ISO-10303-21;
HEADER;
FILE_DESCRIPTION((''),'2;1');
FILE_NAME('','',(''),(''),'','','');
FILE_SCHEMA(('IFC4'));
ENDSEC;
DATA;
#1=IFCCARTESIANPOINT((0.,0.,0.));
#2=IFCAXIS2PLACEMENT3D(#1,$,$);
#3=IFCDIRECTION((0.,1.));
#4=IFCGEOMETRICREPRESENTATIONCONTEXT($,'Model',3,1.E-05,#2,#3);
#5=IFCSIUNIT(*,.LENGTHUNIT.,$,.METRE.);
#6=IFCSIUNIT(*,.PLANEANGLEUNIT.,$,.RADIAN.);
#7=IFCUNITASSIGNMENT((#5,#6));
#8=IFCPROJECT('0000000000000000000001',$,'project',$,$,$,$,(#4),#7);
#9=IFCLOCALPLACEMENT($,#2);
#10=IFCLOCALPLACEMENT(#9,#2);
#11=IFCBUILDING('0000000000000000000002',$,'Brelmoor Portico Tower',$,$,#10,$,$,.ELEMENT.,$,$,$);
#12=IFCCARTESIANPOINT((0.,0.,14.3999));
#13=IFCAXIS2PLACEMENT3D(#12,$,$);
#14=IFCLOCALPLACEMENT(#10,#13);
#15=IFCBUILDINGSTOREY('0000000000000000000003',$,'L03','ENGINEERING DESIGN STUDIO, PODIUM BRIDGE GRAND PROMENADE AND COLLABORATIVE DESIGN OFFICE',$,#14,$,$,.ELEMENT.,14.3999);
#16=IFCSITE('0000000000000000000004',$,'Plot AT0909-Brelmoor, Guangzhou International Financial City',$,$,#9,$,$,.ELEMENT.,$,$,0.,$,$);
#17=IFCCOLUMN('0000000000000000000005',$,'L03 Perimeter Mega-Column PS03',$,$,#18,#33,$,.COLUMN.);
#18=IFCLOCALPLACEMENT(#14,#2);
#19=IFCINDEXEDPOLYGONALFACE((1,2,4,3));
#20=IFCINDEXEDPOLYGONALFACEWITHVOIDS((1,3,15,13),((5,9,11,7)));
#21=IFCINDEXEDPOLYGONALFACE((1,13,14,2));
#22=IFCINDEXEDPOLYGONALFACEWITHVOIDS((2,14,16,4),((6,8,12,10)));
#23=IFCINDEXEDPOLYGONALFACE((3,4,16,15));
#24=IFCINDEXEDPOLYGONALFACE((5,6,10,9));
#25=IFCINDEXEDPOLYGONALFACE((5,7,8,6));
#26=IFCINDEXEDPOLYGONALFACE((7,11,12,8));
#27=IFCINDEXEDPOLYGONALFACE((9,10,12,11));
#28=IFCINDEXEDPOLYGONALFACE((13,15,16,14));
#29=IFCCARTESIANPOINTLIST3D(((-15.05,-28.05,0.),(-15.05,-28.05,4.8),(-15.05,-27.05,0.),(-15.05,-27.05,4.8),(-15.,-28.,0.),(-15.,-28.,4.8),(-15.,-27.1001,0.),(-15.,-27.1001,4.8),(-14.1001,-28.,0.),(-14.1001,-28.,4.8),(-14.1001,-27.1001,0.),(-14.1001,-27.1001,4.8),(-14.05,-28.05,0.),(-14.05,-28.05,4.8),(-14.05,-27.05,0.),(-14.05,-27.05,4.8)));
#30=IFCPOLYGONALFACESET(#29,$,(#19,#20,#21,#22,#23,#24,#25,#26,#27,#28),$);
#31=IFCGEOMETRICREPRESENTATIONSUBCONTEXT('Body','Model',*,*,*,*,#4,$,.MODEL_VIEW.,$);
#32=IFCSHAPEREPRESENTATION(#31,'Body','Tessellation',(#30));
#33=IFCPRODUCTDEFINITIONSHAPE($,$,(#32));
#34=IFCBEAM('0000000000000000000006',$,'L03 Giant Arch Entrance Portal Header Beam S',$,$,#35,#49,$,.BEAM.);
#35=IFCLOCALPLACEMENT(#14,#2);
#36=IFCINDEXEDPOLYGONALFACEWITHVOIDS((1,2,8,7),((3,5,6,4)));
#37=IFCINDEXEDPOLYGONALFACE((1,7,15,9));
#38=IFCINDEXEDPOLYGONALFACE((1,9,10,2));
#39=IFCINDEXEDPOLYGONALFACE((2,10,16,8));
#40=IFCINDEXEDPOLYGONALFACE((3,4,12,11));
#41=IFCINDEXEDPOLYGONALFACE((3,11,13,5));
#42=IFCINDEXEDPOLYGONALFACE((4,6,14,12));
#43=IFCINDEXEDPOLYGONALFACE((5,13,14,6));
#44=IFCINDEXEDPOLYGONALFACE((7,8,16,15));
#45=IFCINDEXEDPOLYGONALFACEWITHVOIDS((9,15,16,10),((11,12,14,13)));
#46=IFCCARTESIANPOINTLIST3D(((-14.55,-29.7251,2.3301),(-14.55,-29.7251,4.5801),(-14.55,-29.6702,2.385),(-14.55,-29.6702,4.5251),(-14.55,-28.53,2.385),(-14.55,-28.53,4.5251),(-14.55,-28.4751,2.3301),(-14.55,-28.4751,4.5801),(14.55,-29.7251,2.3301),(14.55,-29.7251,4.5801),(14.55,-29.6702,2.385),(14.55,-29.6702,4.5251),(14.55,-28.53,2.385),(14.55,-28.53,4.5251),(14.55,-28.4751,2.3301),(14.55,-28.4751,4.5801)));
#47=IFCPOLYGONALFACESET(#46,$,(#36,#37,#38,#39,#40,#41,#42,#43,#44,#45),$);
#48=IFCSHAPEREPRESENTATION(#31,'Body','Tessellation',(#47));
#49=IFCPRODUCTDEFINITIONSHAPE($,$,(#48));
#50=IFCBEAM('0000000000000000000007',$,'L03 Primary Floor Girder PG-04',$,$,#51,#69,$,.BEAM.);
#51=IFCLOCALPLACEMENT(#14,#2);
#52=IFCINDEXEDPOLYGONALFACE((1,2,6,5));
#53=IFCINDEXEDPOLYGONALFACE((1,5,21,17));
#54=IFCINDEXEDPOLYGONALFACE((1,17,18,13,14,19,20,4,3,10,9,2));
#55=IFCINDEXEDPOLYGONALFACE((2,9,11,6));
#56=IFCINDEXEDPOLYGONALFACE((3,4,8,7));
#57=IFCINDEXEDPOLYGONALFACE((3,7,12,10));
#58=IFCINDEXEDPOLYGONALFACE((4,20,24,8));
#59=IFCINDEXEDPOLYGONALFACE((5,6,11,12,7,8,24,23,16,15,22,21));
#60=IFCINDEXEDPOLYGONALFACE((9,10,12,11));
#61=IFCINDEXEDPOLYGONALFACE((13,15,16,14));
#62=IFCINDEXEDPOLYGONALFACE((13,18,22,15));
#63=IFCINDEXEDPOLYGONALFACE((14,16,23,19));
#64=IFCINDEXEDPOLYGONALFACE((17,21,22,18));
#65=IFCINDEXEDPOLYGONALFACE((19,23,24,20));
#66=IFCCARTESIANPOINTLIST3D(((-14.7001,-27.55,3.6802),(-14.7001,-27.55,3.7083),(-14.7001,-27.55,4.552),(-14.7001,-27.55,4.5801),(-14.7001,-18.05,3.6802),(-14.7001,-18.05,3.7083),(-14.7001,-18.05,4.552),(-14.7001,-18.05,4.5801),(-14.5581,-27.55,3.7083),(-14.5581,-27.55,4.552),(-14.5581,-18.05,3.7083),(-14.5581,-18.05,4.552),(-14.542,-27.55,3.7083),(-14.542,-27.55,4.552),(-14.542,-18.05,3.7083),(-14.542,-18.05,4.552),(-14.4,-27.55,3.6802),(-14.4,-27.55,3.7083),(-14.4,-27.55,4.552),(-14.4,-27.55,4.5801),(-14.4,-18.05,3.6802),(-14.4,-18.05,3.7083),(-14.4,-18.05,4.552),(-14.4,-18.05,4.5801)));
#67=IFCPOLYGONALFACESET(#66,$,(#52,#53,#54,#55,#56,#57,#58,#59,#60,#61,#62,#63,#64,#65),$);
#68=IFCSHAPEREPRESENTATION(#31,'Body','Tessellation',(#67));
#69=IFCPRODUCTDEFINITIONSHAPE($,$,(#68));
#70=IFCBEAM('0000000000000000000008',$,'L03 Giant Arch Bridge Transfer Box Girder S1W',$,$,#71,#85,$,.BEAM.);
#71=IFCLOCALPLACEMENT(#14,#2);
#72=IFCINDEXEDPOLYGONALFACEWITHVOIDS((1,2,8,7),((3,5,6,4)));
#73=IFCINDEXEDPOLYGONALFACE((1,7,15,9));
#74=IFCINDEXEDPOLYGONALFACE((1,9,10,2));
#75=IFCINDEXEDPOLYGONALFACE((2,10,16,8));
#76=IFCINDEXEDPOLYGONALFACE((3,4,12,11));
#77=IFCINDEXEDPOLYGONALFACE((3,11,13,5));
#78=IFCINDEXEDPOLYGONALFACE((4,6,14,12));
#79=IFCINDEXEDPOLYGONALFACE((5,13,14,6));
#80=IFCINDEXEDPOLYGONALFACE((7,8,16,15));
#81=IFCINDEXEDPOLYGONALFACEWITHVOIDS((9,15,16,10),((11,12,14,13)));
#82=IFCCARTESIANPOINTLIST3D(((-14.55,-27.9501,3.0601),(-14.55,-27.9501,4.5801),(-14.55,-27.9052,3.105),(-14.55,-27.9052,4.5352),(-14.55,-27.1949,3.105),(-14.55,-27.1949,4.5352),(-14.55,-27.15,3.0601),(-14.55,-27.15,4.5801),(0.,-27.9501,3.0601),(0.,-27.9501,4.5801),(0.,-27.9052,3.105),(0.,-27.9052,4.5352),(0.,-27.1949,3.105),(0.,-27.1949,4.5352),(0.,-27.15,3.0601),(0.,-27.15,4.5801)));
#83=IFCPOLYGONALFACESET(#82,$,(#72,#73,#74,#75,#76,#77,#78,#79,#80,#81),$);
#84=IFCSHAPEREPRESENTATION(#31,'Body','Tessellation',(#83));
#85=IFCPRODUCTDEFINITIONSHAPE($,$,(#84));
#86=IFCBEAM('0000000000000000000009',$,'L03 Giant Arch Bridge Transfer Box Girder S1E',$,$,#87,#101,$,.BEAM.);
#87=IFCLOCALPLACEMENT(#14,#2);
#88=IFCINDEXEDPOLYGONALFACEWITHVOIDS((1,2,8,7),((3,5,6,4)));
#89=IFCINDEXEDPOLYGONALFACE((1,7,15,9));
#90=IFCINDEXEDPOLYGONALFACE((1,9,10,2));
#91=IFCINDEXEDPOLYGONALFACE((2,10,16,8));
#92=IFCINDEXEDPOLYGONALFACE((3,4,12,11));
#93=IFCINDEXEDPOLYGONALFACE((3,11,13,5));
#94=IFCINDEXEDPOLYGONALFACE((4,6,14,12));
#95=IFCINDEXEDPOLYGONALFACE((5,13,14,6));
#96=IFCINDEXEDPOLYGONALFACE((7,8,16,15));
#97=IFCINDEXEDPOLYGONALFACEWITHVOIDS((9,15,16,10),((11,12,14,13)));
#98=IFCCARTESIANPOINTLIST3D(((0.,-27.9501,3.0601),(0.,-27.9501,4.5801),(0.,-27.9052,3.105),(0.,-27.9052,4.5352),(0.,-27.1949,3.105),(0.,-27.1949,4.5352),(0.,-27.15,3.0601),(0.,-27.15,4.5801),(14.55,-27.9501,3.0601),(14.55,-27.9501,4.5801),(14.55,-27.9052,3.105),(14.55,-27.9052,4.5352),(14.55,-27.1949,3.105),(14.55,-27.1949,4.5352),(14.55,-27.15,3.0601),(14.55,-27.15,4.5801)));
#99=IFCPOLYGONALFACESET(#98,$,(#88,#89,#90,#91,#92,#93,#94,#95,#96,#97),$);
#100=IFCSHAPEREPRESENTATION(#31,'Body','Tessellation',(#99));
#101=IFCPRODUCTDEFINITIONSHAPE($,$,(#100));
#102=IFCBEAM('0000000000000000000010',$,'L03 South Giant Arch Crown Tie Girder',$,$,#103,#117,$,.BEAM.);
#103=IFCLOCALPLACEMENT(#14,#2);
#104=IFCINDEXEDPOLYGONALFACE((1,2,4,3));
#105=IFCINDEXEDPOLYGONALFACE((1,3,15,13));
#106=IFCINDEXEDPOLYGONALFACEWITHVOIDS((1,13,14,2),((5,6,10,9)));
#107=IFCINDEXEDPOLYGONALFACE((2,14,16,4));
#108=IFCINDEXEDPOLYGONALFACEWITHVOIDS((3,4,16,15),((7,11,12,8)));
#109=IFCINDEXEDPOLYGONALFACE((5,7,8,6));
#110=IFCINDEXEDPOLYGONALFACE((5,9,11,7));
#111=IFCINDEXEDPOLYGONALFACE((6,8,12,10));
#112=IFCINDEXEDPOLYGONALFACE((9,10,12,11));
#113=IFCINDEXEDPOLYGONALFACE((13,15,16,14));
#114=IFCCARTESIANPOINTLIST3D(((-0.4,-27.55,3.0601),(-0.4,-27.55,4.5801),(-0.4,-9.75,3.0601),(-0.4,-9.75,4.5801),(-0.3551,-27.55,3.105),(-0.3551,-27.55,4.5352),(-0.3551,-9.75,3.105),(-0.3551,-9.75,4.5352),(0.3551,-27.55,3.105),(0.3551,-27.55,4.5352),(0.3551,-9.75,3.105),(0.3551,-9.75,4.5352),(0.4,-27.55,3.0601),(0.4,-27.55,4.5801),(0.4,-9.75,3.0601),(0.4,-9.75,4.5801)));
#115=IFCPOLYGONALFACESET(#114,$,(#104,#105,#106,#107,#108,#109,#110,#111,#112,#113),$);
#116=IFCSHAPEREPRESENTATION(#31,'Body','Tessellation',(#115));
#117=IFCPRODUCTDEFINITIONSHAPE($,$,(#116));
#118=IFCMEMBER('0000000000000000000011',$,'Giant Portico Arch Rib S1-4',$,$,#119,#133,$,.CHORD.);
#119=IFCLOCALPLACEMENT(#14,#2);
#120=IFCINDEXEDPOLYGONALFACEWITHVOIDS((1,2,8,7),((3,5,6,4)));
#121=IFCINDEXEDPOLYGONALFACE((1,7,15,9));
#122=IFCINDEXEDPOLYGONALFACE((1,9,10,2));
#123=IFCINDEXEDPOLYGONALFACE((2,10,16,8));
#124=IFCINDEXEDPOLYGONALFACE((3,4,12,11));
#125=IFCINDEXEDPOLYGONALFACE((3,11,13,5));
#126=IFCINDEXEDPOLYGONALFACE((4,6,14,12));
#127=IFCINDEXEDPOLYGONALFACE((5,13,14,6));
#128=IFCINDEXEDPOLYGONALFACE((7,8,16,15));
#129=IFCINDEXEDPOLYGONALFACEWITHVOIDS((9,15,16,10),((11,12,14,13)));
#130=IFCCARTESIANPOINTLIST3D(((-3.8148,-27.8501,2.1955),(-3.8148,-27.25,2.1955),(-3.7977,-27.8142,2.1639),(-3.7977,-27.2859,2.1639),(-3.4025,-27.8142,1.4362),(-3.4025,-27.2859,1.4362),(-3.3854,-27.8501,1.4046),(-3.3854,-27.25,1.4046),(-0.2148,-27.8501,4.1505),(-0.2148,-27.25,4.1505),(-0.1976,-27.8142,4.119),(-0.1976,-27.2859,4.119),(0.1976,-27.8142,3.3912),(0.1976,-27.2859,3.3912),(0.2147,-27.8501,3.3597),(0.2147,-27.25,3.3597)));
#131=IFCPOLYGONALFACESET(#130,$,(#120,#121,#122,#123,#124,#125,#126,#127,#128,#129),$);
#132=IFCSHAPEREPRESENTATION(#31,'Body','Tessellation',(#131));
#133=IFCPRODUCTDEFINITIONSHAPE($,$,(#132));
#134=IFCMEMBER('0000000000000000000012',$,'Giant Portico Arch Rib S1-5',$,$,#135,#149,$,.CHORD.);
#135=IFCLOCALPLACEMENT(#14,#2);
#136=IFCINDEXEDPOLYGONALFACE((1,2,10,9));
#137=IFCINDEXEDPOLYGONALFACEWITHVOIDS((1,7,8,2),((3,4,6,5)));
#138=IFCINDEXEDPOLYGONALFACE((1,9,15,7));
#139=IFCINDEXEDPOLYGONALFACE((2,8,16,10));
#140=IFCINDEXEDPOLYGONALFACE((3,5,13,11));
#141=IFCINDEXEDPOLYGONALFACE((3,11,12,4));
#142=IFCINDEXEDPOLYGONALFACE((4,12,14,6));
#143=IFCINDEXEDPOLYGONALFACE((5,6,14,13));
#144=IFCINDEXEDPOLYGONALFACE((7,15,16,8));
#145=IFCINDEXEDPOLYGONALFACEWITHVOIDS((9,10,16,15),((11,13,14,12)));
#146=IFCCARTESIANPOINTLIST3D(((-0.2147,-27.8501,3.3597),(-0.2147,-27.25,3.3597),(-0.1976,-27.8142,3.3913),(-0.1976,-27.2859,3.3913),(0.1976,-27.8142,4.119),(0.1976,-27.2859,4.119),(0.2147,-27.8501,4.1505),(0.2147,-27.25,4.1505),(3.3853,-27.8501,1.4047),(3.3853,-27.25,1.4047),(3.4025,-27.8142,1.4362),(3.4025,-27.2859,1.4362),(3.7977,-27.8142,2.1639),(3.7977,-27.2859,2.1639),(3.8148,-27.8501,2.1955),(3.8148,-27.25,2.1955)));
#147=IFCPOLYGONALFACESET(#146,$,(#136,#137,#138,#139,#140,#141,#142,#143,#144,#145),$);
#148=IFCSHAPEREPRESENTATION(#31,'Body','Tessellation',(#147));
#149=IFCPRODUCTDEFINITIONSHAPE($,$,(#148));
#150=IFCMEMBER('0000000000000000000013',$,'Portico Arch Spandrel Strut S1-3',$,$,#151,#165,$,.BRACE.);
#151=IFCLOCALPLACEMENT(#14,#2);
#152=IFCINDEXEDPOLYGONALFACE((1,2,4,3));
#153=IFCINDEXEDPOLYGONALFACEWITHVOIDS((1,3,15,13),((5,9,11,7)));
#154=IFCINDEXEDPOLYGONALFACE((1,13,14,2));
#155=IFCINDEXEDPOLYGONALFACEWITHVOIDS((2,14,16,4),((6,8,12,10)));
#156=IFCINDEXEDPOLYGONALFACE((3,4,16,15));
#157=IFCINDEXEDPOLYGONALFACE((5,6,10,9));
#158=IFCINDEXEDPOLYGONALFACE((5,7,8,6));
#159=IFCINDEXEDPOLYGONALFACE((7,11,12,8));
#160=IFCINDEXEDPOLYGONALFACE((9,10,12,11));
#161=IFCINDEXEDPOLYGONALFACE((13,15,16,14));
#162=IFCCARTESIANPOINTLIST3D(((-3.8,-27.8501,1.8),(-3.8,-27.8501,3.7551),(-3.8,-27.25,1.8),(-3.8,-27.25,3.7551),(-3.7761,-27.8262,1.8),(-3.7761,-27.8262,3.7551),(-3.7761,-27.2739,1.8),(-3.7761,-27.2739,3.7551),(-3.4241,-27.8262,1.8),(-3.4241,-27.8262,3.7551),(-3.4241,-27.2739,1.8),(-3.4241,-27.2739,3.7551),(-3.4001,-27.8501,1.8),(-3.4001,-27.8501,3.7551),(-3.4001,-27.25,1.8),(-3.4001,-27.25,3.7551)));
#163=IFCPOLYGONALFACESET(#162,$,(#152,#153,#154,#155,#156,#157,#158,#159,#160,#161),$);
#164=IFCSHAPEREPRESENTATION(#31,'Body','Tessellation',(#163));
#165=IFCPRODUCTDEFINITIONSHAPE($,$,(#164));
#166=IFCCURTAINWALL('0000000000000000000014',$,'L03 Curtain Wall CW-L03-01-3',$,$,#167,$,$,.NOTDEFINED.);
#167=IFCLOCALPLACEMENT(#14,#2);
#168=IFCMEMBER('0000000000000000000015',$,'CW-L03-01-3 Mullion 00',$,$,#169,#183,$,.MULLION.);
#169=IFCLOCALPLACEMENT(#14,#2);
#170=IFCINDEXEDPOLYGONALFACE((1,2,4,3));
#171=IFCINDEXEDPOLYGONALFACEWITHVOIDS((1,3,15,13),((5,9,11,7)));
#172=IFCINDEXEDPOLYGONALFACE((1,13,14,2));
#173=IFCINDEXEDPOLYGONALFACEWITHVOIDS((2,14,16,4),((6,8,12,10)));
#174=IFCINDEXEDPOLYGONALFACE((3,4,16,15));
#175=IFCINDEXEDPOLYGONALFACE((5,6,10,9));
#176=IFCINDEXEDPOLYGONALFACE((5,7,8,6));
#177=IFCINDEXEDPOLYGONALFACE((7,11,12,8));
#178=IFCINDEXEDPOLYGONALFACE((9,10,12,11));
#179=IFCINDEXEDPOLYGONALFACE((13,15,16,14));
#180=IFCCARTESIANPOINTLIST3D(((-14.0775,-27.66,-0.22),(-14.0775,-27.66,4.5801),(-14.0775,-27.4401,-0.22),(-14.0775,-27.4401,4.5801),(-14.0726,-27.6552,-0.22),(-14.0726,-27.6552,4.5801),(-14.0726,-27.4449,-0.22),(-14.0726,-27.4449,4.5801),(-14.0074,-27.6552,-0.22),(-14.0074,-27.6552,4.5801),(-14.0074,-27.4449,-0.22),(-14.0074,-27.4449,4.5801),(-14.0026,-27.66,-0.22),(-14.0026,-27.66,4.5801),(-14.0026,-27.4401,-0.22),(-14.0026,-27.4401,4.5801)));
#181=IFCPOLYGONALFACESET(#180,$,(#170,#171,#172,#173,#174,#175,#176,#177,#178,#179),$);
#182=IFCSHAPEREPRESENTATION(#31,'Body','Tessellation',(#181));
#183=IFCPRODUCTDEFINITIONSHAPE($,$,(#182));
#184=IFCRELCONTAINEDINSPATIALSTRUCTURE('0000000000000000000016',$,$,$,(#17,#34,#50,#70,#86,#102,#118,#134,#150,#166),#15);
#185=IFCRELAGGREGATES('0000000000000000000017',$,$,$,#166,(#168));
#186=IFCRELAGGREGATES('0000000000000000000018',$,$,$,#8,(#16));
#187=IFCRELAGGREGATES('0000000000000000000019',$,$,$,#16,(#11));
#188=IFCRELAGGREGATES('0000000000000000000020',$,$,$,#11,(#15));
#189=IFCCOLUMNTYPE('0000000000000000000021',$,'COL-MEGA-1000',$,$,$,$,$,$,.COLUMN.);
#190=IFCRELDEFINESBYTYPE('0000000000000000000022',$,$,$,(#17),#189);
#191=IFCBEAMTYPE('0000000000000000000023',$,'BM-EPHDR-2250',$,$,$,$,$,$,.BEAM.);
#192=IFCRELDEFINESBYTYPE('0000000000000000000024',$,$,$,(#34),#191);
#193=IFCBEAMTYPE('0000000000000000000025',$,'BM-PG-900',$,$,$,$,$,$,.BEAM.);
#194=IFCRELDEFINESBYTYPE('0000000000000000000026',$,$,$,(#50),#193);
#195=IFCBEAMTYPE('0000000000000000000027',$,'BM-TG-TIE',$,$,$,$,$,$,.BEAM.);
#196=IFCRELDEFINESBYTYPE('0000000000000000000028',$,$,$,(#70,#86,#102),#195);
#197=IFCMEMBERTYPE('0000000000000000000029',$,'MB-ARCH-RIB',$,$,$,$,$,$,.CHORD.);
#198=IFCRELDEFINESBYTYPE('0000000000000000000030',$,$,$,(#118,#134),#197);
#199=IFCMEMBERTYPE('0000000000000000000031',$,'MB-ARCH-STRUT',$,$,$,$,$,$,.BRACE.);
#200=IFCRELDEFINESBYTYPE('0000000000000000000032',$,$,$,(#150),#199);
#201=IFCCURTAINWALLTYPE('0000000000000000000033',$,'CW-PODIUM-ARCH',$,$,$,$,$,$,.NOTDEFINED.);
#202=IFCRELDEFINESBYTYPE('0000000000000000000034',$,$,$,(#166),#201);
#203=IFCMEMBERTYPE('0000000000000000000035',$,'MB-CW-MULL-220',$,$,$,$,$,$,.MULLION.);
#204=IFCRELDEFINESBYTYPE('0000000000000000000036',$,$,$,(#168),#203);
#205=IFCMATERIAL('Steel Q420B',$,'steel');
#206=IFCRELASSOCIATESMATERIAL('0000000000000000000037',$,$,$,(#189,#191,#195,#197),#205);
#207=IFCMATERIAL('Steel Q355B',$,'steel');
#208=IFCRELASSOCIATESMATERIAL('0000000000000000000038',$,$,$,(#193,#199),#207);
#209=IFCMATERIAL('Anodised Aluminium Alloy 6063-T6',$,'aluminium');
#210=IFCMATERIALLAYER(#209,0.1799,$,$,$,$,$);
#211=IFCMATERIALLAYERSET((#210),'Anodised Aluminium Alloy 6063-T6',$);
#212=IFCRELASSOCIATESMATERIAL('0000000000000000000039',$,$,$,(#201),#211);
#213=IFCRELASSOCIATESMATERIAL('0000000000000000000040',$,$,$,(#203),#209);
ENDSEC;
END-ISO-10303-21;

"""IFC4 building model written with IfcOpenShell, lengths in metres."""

from ifc_helpers import new_model, si_unit, direction, frame, origin, origin_2d, place, context, subcontext, project, spatial, hollow_rectangle, i_section, extrude, material, layer, layer_set, material_profile, profile_set, type_object, element, aggregate, save


model = new_model("IFC4")

# Units and contexts
model_context = context("Model", 3, precision=1e-05, world=origin(), true_north=direction((0.0, 1.0)))
body_context = subcontext(model_context, "Body", "Model", "MODEL_VIEW")
ifc_project = project(units=[si_unit("LENGTHUNIT", "METRE"), si_unit("PLANEANGLEUNIT", "RADIAN")], contexts=[model_context])

# Site, building, storey
site_placement = place(None, origin())
site = spatial("IfcSite", under=ifc_project, at=site_placement, Name="Plot AT0909-Brelmoor, Guangzhou International Financial City", CompositionType="ELEMENT", RefElevation=0.0)
building_placement = place(site_placement, origin())
building = spatial("IfcBuilding", under=site, at=building_placement, Name="Brelmoor Portico Tower", CompositionType="ELEMENT")
storey_placement = place(building_placement, frame((0.0, 0.0, 14.3999)))
storey = spatial("IfcBuildingStorey", under=building, at=storey_placement, Name="L03", Description="ENGINEERING DESIGN STUDIO, PODIUM BRIDGE GRAND PROMENADE AND COLLABORATIVE DESIGN OFFICE", CompositionType="ELEMENT", Elevation=14.3999)

# Column
ifc_material_1 = material(Name="Steel Q420B", Category="steel")
ifc_material_profile_1 = material_profile(ifc_material_1, hollow_rectangle(XDim=1.0, YDim=1.0, WallThickness=0.05, at=origin_2d()), Name="BOX 1000x1000x50")
ifc_profile_set_1 = profile_set([ifc_material_profile_1], Name="Steel Q420B")
column_type = type_object("IfcColumnType", Name="COL-MEGA-1000", PredefinedType="COLUMN", material=ifc_profile_set_1)
column_placement = place(storey_placement, frame((-14.55, -27.55, 0.0), z_axis=(0.0, 0.0, 1.0), x_axis=(1.0, 0.0, 0.0)))
element("IfcColumn", 1, at=column_placement, inside=storey, type_object=column_type, Name="L03 Perimeter Mega-Column PS03", PredefinedType="COLUMN", context=body_context, shape_type="SweptSolid", body=[
    extrude(hollow_rectangle(XDim=1.0, YDim=1.0, WallThickness=0.05, at=origin_2d()), origin(), (0.0, 0.0, 1.0), 4.8),
])

# Beams
ifc_material_profile_2 = material_profile(ifc_material_1, hollow_rectangle(XDim=1.25, YDim=2.25, WallThickness=0.0549, at=origin_2d()), Name="BOX 1250x2250x55")
ifc_profile_set_2 = profile_set([ifc_material_profile_2], Name="Steel Q420B")
beam_type_1 = type_object("IfcBeamType", Name="BM-EPHDR-2250", PredefinedType="BEAM", material=ifc_profile_set_2)
beam_1_placement = place(storey_placement, frame((-14.55, -29.1001, 3.4551), z_axis=(1.0, 0.0, 0.0), x_axis=(0.0, 1.0, 0.0)))
element("IfcBeam", 2, at=beam_1_placement, inside=storey, type_object=beam_type_1, Name="L03 Giant Arch Entrance Portal Header Beam S", PredefinedType="BEAM", context=body_context, shape_type="SweptSolid", body=[
    extrude(hollow_rectangle(XDim=1.25, YDim=2.25, WallThickness=0.0549, at=origin_2d()), origin(), (0.0, 0.0, 1.0), 29.1001),
])
ifc_material_2 = material(Name="Steel Q355B", Category="steel")
ifc_material_profile_3 = material_profile(ifc_material_2, i_section(OverallWidth=0.3, OverallDepth=0.8999, WebThickness=0.0161, FlangeThickness=0.0281, at=origin_2d()), Name="HN 900x300x16x28")
ifc_profile_set_3 = profile_set([ifc_material_profile_3], Name="Steel Q355B")
beam_type_2 = type_object("IfcBeamType", Name="BM-PG-900", PredefinedType="BEAM", material=ifc_profile_set_3)
beam_2_placement = place(storey_placement, frame((-14.55, -27.55, 4.1301), z_axis=(0.0, 1.0, 0.0), x_axis=(-1.0, 0.0, 0.0)))
element("IfcBeam", 3, at=beam_2_placement, inside=storey, type_object=beam_type_2, Name="L03 Primary Floor Girder PG-04", PredefinedType="BEAM", context=body_context, shape_type="SweptSolid", body=[
    extrude(i_section(OverallWidth=0.3, OverallDepth=0.8999, WebThickness=0.0161, FlangeThickness=0.0281, at=origin_2d()), origin(), (0.0, 0.0, 1.0), 9.5),
])
ifc_material_profile_4 = material_profile(ifc_material_1, hollow_rectangle(XDim=0.8, YDim=1.52, WallThickness=0.0449, at=origin_2d()), Name="BOX 800x1520x45")
ifc_profile_set_4 = profile_set([ifc_material_profile_4], Name="Steel Q420B")
beam_type_3 = type_object("IfcBeamType", Name="BM-TG-TIE", PredefinedType="BEAM", material=ifc_profile_set_4)
for number, where, z_axis, x_axis, name in (
    (4, (-14.55, -27.55, 3.8201), (1.0, 0.0, 0.0), (0.0, 1.0, 0.0), "L03 Giant Arch Bridge Transfer Box Girder S1W"),
    (5, (0.0, -27.55, 3.8201), (1.0, 0.0, 0.0), (0.0, 1.0, 0.0), "L03 Giant Arch Bridge Transfer Box Girder S1E"),
):
    element("IfcBeam", number, at=place(storey_placement, frame(where, z_axis=z_axis, x_axis=x_axis)), inside=storey, type_object=beam_type_3, Name=name, PredefinedType="BEAM", context=body_context, shape_type="SweptSolid", body=[
        extrude(hollow_rectangle(XDim=0.8, YDim=1.52, WallThickness=0.0449, at=origin_2d()), origin(), (0.0, 0.0, 1.0), 14.55),
    ])
beam_3_placement = place(storey_placement, frame((0.0, -27.55, 3.8201), z_axis=(0.0, 1.0, 0.0), x_axis=(-1.0, 0.0, 0.0)))
element("IfcBeam", 6, at=beam_3_placement, inside=storey, type_object=beam_type_3, Name="L03 South Giant Arch Crown Tie Girder", PredefinedType="BEAM", context=body_context, shape_type="SweptSolid", body=[
    extrude(hollow_rectangle(XDim=0.8, YDim=1.52, WallThickness=0.0449, at=origin_2d()), origin(), (0.0, 0.0, 1.0), 17.8),
])

# Members
ifc_material_profile_5 = material_profile(ifc_material_1, hollow_rectangle(XDim=0.6001, YDim=0.8999, WallThickness=0.0359, at=origin_2d()), Name="RHS 600x900x36")
ifc_profile_set_5 = profile_set([ifc_material_profile_5], Name="Steel Q420B")
member_type_1 = type_object("IfcMemberType", Name="MB-ARCH-RIB", PredefinedType="CHORD", material=ifc_profile_set_5)
for number, where, z_axis, x_axis, name in (
    (7, (-3.6001, -27.55, 1.8), (0.878778, 0.0, 0.477231), (0.0, 1.0, 0.0), "Giant Portico Arch Rib S1-4"),
    (8, (0.0, -27.55, 3.7551), (0.878778, 0.0, -0.477231), (0.0, 1.0, 0.0), "Giant Portico Arch Rib S1-5"),
):
    element("IfcMember", number, at=place(storey_placement, frame(where, z_axis=z_axis, x_axis=x_axis)), inside=storey, type_object=member_type_1, Name=name, PredefinedType="CHORD", context=body_context, shape_type="SweptSolid", body=[
        extrude(hollow_rectangle(XDim=0.6001, YDim=0.8999, WallThickness=0.0359, at=origin_2d()), origin(), (0.0, 0.0, 1.0), 4.0967),
    ])
ifc_material_profile_6 = material_profile(ifc_material_2, hollow_rectangle(XDim=0.3999, YDim=0.6001, WallThickness=0.0239, at=origin_2d()), Name="RHS 400x600x24")
ifc_profile_set_6 = profile_set([ifc_material_profile_6], Name="Steel Q355B")
member_type_2 = type_object("IfcMemberType", Name="MB-ARCH-STRUT", PredefinedType="BRACE", material=ifc_profile_set_6)
member_1_placement = place(storey_placement, frame((-3.6001, -27.55, 1.8), z_axis=(0.0, 0.0, 1.0), x_axis=(1.0, 0.0, 0.0)))
element("IfcMember", 9, at=member_1_placement, inside=storey, type_object=member_type_2, Name="Portico Arch Spandrel Strut S1-3", PredefinedType="BRACE", context=body_context, shape_type="SweptSolid", body=[
    extrude(hollow_rectangle(XDim=0.3999, YDim=0.6001, WallThickness=0.0239, at=origin_2d()), origin(), (0.0, 0.0, 1.0), 1.9551),
])

# Curtain wall, member
ifc_material_3 = material(Name="Anodised Aluminium Alloy 6063-T6", Category="aluminium")
ifc_layer_1 = layer(ifc_material_3, 0.1799)
ifc_layer_set_1 = layer_set([ifc_layer_1], Name="Anodised Aluminium Alloy 6063-T6")
curtain_wall_type = type_object("IfcCurtainWallType", Name="CW-PODIUM-ARCH", PredefinedType="NOTDEFINED", material=ifc_layer_set_1)
curtain_wall_1_placement = place(storey_placement, origin())
curtain_wall_1 = element("IfcCurtainWall", 10, at=curtain_wall_1_placement, inside=storey, type_object=curtain_wall_type, Name="L03 Curtain Wall CW-L03-01-3", PredefinedType="NOTDEFINED")
ifc_material_profile_7 = material_profile(ifc_material_3, hollow_rectangle(XDim=0.075, YDim=0.22, WallThickness=0.0049, at=origin_2d()), Name="ALU MULLION 75x220")
ifc_profile_set_7 = profile_set([ifc_material_profile_7], Name="Anodised Aluminium Alloy 6063-T6")
member_type_3 = type_object("IfcMemberType", Name="MB-CW-MULL-220", PredefinedType="MULLION", material=ifc_profile_set_7)
member_2_placement = place(storey_placement, frame((-14.04, -27.55, -0.22), z_axis=(0.0, 0.0, 1.0), x_axis=(1.0, 0.0, 0.0)))
member_2 = element("IfcMember", 11, at=member_2_placement, type_object=member_type_3, Name="CW-L03-01-3 Mullion 00", PredefinedType="MULLION", context=body_context, shape_type="SweptSolid", body=[
    extrude(hollow_rectangle(XDim=0.075, YDim=0.22, WallThickness=0.0049, at=origin_2d()), origin(), (0.0, 0.0, 1.0), 4.8),
])

aggregate(curtain_wall_1, [member_2])

save(model, "model.ifc")
